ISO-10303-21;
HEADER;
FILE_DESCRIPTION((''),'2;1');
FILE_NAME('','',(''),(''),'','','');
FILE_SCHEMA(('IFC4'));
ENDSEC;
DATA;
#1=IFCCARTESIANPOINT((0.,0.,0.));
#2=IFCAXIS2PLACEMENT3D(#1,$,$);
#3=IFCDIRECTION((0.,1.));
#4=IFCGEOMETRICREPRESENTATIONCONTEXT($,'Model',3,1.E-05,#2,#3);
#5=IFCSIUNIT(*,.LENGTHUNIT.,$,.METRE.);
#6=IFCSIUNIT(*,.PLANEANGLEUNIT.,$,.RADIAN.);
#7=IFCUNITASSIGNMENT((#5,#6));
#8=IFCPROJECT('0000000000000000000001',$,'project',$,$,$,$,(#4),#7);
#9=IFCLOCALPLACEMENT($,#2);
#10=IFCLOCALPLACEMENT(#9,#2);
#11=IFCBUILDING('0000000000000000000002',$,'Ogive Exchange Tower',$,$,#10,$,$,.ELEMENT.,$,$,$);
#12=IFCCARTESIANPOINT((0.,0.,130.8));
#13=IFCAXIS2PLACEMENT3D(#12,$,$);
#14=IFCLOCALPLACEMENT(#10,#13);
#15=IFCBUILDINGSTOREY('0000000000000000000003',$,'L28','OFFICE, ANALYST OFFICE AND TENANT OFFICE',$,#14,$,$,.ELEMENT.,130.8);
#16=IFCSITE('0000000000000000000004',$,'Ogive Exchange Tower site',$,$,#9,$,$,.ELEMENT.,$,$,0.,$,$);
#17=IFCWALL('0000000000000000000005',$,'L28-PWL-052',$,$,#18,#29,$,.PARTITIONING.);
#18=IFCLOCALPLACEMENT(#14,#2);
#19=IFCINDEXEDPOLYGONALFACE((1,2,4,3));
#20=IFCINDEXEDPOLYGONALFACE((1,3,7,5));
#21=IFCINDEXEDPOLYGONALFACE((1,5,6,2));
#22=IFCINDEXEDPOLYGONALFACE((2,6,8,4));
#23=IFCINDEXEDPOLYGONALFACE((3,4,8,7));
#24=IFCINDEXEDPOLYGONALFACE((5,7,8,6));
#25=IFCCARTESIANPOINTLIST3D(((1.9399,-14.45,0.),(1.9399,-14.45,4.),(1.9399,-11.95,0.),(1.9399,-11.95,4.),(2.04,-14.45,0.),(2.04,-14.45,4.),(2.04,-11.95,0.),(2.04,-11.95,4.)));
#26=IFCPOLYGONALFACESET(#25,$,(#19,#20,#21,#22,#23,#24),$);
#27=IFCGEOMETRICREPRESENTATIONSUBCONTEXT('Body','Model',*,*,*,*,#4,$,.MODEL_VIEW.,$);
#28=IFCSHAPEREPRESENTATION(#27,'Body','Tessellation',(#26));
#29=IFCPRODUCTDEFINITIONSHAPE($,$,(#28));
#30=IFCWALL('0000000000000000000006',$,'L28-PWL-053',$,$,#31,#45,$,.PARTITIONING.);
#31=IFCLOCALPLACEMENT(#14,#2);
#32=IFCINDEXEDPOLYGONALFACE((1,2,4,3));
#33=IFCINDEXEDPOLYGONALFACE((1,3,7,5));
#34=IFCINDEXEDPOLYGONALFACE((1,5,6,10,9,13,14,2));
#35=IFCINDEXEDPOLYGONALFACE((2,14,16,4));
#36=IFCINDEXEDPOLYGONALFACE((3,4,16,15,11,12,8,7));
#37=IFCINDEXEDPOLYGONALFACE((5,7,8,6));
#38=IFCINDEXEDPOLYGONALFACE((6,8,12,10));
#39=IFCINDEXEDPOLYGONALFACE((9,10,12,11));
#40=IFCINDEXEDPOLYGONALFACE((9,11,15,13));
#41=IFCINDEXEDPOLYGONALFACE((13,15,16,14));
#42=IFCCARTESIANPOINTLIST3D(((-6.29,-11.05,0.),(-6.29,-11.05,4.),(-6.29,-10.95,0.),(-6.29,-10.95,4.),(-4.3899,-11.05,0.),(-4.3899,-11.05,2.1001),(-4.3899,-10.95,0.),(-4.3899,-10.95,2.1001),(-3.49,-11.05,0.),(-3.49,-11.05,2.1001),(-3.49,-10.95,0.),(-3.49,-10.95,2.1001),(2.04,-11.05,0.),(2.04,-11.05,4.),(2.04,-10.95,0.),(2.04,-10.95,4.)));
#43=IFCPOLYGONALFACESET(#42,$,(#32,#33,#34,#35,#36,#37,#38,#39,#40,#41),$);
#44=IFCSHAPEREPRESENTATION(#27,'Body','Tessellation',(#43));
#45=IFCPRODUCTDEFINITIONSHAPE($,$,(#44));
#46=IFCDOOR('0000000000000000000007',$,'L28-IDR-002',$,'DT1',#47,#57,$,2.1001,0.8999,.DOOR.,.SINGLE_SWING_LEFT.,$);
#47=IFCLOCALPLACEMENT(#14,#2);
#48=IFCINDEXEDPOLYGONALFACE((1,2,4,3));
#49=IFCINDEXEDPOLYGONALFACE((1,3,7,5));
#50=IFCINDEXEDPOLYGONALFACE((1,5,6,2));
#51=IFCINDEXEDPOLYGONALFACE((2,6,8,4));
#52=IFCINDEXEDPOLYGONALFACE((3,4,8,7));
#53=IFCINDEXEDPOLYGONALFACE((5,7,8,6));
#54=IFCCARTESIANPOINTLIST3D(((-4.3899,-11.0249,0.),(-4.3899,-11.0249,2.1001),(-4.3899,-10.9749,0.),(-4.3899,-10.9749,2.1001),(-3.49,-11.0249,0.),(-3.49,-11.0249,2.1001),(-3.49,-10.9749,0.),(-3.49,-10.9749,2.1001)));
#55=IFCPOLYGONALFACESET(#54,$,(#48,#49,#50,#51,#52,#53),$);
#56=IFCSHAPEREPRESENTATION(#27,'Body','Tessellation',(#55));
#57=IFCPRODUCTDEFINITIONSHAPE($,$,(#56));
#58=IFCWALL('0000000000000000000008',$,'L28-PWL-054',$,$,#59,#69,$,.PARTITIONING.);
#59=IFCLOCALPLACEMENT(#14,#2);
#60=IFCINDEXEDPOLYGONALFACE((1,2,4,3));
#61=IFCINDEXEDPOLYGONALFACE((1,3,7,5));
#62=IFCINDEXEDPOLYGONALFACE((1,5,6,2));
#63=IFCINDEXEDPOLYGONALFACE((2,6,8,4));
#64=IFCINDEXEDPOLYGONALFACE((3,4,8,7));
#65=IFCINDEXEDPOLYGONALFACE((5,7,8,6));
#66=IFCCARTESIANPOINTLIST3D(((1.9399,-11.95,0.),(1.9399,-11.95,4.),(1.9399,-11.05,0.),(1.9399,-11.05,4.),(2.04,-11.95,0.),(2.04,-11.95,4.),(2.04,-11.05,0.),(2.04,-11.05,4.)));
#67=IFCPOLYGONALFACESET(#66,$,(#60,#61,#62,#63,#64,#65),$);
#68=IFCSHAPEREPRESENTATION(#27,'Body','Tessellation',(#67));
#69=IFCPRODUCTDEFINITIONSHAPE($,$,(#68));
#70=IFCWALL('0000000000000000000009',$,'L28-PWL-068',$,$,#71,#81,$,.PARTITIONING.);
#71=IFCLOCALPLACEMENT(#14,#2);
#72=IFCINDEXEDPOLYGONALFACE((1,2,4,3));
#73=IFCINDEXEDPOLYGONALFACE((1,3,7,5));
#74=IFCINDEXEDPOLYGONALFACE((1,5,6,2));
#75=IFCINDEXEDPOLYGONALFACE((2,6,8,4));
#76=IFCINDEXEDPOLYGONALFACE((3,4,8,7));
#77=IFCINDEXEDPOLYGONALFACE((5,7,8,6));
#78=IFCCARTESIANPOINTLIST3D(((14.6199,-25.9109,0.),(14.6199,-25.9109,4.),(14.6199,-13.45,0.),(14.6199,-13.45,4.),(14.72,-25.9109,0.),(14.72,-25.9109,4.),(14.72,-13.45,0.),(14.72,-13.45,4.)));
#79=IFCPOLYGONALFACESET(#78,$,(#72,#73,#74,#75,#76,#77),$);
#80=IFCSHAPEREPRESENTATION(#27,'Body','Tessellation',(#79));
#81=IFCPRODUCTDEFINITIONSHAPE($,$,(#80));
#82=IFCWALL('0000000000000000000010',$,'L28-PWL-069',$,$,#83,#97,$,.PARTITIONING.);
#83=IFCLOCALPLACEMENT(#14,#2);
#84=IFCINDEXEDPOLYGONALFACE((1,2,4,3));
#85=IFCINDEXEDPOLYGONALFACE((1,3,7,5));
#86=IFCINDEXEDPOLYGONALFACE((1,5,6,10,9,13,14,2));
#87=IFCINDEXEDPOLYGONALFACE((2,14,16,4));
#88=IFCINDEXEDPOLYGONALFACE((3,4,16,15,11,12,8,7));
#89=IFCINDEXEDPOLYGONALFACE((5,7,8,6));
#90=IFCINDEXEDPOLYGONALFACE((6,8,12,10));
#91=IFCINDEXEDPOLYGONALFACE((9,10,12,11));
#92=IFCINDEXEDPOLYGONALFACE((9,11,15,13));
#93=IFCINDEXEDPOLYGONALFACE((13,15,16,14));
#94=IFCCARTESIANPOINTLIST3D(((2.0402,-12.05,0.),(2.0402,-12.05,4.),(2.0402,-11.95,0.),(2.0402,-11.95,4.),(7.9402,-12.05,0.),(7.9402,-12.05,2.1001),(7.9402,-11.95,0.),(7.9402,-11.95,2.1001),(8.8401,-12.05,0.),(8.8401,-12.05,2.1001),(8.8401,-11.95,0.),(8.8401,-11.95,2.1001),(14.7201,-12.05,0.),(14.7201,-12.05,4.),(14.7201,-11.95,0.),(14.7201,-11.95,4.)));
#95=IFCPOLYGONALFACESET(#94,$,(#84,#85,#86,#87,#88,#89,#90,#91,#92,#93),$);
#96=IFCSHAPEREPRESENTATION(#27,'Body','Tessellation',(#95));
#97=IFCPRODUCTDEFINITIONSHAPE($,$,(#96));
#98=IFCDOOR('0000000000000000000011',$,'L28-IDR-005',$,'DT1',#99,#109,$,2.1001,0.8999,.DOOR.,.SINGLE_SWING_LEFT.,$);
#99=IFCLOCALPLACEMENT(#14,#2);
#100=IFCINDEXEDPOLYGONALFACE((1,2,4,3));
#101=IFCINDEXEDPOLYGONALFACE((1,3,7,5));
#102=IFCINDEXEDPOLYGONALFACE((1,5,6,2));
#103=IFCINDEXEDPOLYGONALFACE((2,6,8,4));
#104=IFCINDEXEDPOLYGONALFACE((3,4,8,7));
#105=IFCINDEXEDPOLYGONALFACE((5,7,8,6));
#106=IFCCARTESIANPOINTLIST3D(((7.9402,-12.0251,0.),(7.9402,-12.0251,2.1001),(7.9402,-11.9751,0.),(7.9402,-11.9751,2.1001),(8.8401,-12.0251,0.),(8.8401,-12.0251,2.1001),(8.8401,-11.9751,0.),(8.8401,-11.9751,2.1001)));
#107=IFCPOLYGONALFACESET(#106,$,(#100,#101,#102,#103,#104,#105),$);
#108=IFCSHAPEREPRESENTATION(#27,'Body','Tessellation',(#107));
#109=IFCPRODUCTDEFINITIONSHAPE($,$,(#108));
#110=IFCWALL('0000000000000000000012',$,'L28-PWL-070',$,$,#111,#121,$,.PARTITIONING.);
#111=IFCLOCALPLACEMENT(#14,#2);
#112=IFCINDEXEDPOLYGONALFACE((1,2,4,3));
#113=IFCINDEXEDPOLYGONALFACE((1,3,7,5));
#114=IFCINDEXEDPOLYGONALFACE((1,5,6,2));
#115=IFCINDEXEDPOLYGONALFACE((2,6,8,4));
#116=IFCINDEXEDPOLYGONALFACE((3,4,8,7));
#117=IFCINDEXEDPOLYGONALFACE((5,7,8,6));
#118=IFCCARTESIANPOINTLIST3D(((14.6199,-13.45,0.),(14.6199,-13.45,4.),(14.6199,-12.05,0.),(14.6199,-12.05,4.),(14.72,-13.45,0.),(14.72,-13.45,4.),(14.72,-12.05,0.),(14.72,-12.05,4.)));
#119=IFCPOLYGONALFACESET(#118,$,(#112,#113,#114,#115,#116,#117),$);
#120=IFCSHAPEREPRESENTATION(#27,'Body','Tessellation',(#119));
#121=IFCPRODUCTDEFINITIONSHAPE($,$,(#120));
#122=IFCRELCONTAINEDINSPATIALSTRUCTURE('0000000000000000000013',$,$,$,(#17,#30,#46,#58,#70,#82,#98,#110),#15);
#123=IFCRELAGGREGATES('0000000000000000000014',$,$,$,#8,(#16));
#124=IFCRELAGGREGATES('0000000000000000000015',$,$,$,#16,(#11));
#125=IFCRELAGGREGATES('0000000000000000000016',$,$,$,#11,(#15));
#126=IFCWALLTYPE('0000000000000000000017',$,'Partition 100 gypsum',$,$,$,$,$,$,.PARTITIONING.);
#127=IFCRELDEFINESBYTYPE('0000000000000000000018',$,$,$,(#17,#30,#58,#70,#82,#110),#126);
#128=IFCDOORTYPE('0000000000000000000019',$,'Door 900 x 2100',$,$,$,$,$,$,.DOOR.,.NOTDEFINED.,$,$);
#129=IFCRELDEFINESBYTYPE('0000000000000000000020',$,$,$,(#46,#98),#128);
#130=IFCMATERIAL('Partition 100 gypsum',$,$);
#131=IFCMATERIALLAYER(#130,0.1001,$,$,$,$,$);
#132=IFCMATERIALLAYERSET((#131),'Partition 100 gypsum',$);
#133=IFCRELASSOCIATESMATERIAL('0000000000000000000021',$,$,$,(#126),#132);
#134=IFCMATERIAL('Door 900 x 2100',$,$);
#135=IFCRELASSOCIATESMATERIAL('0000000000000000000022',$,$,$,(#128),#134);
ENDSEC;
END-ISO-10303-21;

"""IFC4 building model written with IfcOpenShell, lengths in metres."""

from ifc_helpers import new_model, si_unit, direction, frame, frame_2d, origin, place, context, subcontext, project, spatial, rectangle, extrude, material, layer, layer_set, type_object, element, fill, save


model = new_model("IFC4")

# Units and contexts
model_context = context("Model", 3, precision=1e-05, world=origin(), true_north=direction((0.0, 1.0)))
body_context = subcontext(model_context, "Body", "Model", "MODEL_VIEW")
ifc_project = project(units=[si_unit("LENGTHUNIT", "METRE"), si_unit("PLANEANGLEUNIT", "RADIAN")], contexts=[model_context])

# Site, building, storey
site_placement = place(None, origin())
site = spatial("IfcSite", under=ifc_project, at=site_placement, Name="Ogive Exchange Tower site", CompositionType="ELEMENT", RefElevation=0.0)
building_placement = place(site_placement, origin())
building = spatial("IfcBuilding", under=site, at=building_placement, Name="Ogive Exchange Tower", CompositionType="ELEMENT")
storey_placement = place(building_placement, frame((0.0, 0.0, 130.8)))
storey = spatial("IfcBuildingStorey", under=building, at=storey_placement, Name="L28", Description="OFFICE, ANALYST OFFICE AND TENANT OFFICE", CompositionType="ELEMENT", Elevation=130.8)

# Wall
ifc_material_1 = material(Name="Partition 100 gypsum")
ifc_layer_1 = layer(ifc_material_1, 0.1001)
ifc_layer_set_1 = layer_set([ifc_layer_1], Name="Partition 100 gypsum")
wall_type_1 = type_object("IfcWallType", Name="Partition 100 gypsum", PredefinedType="PARTITIONING", material=ifc_layer_set_1)
wall_1_placement = place(storey_placement, frame((1.99, -11.95, 0.0), z_axis=(0.0, 0.0, 1.0), x_axis=(0.0, -1.0, 0.0)))
element("IfcWall", 1, at=wall_1_placement, inside=storey, type_object=wall_type_1, Name="L28-PWL-052", PredefinedType="PARTITIONING", context=body_context, shape_type="SweptSolid", body=[
    extrude(rectangle(XDim=2.5, YDim=0.1001, at=frame_2d((1.25, 0.0))), origin(), (0.0, 0.0, 1.0), 4.0),
])

# Wall, opening, door
wall_2_placement = place(storey_placement, frame((2.04, -11.0, 0.0), z_axis=(0.0, 0.0, 1.0), x_axis=(-1.0, 0.0, 0.0)))
wall_2 = element("IfcWall", 2, at=wall_2_placement, inside=storey, type_object=wall_type_1, Name="L28-PWL-053", PredefinedType="PARTITIONING", context=body_context, shape_type="SweptSolid", body=[
    extrude(rectangle(XDim=8.3301, YDim=0.1001, at=frame_2d((4.165, 0.0))), origin(), (0.0, 0.0, 1.0), 4.0),
])
opening_1_placement = place(wall_2_placement, frame((5.53, 0.0, 0.0)))
opening_1 = element("IfcOpeningElement", 3, at=opening_1_placement, cuts=wall_2, PredefinedType="OPENING", context=body_context, shape_type="SweptSolid", body=[
    extrude(rectangle(XDim=0.8999, YDim=2.1001, at=frame_2d((0.45, 1.05))), frame((0.0, 0.0601, 0.0), z_axis=(0.0, -1.0, 0.0), x_axis=(1.0, 0.0, 0.0)), (0.0, 0.0, 1.0), 0.1201),
])
ifc_material_2 = material(Name="Door 900 x 2100")
door_type = type_object("IfcDoorType", Name="Door 900 x 2100", OperationType="NOTDEFINED", PredefinedType="DOOR", material=ifc_material_2)
door_1_placement = place(opening_1_placement, origin())
door_1 = element("IfcDoor", 4, at=door_1_placement, inside=storey, type_object=door_type, Name="L28-IDR-002", ObjectType="DT1", OperationType="SINGLE_SWING_LEFT", OverallHeight=2.1001, OverallWidth=0.8999, PredefinedType="DOOR", context=body_context, shape_type="SweptSolid", body=[
    extrude(rectangle(XDim=0.8999, YDim=2.1001, at=frame_2d((0.45, 1.05))), frame((0.0, 0.0249, 0.0), z_axis=(0.0, -1.0, 0.0), x_axis=(1.0, 0.0, 0.0)), (0.0, 0.0, 1.0), 0.05),
])
fill(opening_1, door_1)

# Walls
wall_3_placement = place(storey_placement, frame((1.99, -11.05, 0.0), z_axis=(0.0, 0.0, 1.0), x_axis=(0.0, -1.0, 0.0)))
element("IfcWall", 5, at=wall_3_placement, inside=storey, type_object=wall_type_1, Name="L28-PWL-054", PredefinedType="PARTITIONING", context=body_context, shape_type="SweptSolid", body=[
    extrude(rectangle(XDim=0.8999, YDim=0.1001, at=frame_2d((0.45, 0.0))), origin(), (0.0, 0.0, 1.0), 4.0),
])
wall_4_placement = place(storey_placement, frame((14.6699, -13.45, 0.0), z_axis=(0.0, 0.0, 1.0), x_axis=(0.0, -1.0, 0.0)))
element("IfcWall", 6, at=wall_4_placement, inside=storey, type_object=wall_type_1, Name="L28-PWL-068", PredefinedType="PARTITIONING", context=body_context, shape_type="SweptSolid", body=[
    extrude(rectangle(XDim=12.4609, YDim=0.1001, at=frame_2d((6.2305, 0.0))), origin(), (0.0, 0.0, 1.0), 4.0),
])

# Wall, opening, door
wall_5_placement = place(storey_placement, frame((14.72, -12.0, 0.0), z_axis=(0.0, 0.0, 1.0), x_axis=(-1.0, 0.0, 0.0)))
wall_5 = element("IfcWall", 7, at=wall_5_placement, inside=storey, type_object=wall_type_1, Name="L28-PWL-069", PredefinedType="PARTITIONING", context=body_context, shape_type="SweptSolid", body=[
    extrude(rectangle(XDim=12.6799, YDim=0.1001, at=frame_2d((6.3398, 0.0))), origin(), (0.0, 0.0, 1.0), 4.0),
])
opening_2_placement = place(wall_5_placement, frame((5.8799, 0.0, 0.0)))
opening_2 = element("IfcOpeningElement", 8, at=opening_2_placement, cuts=wall_5, PredefinedType="OPENING", context=body_context, shape_type="SweptSolid", body=[
    extrude(rectangle(XDim=0.8999, YDim=2.1001, at=frame_2d((0.45, 1.05))), frame((0.0, 0.0601, 0.0), z_axis=(0.0, -1.0, 0.0), x_axis=(1.0, 0.0, 0.0)), (0.0, 0.0, 1.0), 0.1201),
])
door_2_placement = place(opening_2_placement, frame((0.8999, 0.0, 0.0), z_axis=(0.0, 0.0, 1.0), x_axis=(-1.0, 0.0, 0.0)))
door_2 = element("IfcDoor", 9, at=door_2_placement, inside=storey, type_object=door_type, Name="L28-IDR-005", ObjectType="DT1", OperationType="SINGLE_SWING_LEFT", OverallHeight=2.1001, OverallWidth=0.8999, PredefinedType="DOOR", context=body_context, shape_type="SweptSolid", body=[
    extrude(rectangle(XDim=0.8999, YDim=2.1001, at=frame_2d((0.45, 1.05))), frame((0.0, 0.0249, 0.0), z_axis=(0.0, -1.0, 0.0), x_axis=(1.0, 0.0, 0.0)), (0.0, 0.0, 1.0), 0.05),
])
fill(opening_2, door_2)

# Wall
wall_6_placement = place(storey_placement, frame((14.6699, -12.05, 0.0), z_axis=(0.0, 0.0, 1.0), x_axis=(0.0, -1.0, 0.0)))
element("IfcWall", 10, at=wall_6_placement, inside=storey, type_object=wall_type_1, Name="L28-PWL-070", PredefinedType="PARTITIONING", context=body_context, shape_type="SweptSolid", body=[
    extrude(rectangle(XDim=1.3999, YDim=0.1001, at=frame_2d((0.7, 0.0))), origin(), (0.0, 0.0, 1.0), 4.0),
])

save(model, "model.ifc")
